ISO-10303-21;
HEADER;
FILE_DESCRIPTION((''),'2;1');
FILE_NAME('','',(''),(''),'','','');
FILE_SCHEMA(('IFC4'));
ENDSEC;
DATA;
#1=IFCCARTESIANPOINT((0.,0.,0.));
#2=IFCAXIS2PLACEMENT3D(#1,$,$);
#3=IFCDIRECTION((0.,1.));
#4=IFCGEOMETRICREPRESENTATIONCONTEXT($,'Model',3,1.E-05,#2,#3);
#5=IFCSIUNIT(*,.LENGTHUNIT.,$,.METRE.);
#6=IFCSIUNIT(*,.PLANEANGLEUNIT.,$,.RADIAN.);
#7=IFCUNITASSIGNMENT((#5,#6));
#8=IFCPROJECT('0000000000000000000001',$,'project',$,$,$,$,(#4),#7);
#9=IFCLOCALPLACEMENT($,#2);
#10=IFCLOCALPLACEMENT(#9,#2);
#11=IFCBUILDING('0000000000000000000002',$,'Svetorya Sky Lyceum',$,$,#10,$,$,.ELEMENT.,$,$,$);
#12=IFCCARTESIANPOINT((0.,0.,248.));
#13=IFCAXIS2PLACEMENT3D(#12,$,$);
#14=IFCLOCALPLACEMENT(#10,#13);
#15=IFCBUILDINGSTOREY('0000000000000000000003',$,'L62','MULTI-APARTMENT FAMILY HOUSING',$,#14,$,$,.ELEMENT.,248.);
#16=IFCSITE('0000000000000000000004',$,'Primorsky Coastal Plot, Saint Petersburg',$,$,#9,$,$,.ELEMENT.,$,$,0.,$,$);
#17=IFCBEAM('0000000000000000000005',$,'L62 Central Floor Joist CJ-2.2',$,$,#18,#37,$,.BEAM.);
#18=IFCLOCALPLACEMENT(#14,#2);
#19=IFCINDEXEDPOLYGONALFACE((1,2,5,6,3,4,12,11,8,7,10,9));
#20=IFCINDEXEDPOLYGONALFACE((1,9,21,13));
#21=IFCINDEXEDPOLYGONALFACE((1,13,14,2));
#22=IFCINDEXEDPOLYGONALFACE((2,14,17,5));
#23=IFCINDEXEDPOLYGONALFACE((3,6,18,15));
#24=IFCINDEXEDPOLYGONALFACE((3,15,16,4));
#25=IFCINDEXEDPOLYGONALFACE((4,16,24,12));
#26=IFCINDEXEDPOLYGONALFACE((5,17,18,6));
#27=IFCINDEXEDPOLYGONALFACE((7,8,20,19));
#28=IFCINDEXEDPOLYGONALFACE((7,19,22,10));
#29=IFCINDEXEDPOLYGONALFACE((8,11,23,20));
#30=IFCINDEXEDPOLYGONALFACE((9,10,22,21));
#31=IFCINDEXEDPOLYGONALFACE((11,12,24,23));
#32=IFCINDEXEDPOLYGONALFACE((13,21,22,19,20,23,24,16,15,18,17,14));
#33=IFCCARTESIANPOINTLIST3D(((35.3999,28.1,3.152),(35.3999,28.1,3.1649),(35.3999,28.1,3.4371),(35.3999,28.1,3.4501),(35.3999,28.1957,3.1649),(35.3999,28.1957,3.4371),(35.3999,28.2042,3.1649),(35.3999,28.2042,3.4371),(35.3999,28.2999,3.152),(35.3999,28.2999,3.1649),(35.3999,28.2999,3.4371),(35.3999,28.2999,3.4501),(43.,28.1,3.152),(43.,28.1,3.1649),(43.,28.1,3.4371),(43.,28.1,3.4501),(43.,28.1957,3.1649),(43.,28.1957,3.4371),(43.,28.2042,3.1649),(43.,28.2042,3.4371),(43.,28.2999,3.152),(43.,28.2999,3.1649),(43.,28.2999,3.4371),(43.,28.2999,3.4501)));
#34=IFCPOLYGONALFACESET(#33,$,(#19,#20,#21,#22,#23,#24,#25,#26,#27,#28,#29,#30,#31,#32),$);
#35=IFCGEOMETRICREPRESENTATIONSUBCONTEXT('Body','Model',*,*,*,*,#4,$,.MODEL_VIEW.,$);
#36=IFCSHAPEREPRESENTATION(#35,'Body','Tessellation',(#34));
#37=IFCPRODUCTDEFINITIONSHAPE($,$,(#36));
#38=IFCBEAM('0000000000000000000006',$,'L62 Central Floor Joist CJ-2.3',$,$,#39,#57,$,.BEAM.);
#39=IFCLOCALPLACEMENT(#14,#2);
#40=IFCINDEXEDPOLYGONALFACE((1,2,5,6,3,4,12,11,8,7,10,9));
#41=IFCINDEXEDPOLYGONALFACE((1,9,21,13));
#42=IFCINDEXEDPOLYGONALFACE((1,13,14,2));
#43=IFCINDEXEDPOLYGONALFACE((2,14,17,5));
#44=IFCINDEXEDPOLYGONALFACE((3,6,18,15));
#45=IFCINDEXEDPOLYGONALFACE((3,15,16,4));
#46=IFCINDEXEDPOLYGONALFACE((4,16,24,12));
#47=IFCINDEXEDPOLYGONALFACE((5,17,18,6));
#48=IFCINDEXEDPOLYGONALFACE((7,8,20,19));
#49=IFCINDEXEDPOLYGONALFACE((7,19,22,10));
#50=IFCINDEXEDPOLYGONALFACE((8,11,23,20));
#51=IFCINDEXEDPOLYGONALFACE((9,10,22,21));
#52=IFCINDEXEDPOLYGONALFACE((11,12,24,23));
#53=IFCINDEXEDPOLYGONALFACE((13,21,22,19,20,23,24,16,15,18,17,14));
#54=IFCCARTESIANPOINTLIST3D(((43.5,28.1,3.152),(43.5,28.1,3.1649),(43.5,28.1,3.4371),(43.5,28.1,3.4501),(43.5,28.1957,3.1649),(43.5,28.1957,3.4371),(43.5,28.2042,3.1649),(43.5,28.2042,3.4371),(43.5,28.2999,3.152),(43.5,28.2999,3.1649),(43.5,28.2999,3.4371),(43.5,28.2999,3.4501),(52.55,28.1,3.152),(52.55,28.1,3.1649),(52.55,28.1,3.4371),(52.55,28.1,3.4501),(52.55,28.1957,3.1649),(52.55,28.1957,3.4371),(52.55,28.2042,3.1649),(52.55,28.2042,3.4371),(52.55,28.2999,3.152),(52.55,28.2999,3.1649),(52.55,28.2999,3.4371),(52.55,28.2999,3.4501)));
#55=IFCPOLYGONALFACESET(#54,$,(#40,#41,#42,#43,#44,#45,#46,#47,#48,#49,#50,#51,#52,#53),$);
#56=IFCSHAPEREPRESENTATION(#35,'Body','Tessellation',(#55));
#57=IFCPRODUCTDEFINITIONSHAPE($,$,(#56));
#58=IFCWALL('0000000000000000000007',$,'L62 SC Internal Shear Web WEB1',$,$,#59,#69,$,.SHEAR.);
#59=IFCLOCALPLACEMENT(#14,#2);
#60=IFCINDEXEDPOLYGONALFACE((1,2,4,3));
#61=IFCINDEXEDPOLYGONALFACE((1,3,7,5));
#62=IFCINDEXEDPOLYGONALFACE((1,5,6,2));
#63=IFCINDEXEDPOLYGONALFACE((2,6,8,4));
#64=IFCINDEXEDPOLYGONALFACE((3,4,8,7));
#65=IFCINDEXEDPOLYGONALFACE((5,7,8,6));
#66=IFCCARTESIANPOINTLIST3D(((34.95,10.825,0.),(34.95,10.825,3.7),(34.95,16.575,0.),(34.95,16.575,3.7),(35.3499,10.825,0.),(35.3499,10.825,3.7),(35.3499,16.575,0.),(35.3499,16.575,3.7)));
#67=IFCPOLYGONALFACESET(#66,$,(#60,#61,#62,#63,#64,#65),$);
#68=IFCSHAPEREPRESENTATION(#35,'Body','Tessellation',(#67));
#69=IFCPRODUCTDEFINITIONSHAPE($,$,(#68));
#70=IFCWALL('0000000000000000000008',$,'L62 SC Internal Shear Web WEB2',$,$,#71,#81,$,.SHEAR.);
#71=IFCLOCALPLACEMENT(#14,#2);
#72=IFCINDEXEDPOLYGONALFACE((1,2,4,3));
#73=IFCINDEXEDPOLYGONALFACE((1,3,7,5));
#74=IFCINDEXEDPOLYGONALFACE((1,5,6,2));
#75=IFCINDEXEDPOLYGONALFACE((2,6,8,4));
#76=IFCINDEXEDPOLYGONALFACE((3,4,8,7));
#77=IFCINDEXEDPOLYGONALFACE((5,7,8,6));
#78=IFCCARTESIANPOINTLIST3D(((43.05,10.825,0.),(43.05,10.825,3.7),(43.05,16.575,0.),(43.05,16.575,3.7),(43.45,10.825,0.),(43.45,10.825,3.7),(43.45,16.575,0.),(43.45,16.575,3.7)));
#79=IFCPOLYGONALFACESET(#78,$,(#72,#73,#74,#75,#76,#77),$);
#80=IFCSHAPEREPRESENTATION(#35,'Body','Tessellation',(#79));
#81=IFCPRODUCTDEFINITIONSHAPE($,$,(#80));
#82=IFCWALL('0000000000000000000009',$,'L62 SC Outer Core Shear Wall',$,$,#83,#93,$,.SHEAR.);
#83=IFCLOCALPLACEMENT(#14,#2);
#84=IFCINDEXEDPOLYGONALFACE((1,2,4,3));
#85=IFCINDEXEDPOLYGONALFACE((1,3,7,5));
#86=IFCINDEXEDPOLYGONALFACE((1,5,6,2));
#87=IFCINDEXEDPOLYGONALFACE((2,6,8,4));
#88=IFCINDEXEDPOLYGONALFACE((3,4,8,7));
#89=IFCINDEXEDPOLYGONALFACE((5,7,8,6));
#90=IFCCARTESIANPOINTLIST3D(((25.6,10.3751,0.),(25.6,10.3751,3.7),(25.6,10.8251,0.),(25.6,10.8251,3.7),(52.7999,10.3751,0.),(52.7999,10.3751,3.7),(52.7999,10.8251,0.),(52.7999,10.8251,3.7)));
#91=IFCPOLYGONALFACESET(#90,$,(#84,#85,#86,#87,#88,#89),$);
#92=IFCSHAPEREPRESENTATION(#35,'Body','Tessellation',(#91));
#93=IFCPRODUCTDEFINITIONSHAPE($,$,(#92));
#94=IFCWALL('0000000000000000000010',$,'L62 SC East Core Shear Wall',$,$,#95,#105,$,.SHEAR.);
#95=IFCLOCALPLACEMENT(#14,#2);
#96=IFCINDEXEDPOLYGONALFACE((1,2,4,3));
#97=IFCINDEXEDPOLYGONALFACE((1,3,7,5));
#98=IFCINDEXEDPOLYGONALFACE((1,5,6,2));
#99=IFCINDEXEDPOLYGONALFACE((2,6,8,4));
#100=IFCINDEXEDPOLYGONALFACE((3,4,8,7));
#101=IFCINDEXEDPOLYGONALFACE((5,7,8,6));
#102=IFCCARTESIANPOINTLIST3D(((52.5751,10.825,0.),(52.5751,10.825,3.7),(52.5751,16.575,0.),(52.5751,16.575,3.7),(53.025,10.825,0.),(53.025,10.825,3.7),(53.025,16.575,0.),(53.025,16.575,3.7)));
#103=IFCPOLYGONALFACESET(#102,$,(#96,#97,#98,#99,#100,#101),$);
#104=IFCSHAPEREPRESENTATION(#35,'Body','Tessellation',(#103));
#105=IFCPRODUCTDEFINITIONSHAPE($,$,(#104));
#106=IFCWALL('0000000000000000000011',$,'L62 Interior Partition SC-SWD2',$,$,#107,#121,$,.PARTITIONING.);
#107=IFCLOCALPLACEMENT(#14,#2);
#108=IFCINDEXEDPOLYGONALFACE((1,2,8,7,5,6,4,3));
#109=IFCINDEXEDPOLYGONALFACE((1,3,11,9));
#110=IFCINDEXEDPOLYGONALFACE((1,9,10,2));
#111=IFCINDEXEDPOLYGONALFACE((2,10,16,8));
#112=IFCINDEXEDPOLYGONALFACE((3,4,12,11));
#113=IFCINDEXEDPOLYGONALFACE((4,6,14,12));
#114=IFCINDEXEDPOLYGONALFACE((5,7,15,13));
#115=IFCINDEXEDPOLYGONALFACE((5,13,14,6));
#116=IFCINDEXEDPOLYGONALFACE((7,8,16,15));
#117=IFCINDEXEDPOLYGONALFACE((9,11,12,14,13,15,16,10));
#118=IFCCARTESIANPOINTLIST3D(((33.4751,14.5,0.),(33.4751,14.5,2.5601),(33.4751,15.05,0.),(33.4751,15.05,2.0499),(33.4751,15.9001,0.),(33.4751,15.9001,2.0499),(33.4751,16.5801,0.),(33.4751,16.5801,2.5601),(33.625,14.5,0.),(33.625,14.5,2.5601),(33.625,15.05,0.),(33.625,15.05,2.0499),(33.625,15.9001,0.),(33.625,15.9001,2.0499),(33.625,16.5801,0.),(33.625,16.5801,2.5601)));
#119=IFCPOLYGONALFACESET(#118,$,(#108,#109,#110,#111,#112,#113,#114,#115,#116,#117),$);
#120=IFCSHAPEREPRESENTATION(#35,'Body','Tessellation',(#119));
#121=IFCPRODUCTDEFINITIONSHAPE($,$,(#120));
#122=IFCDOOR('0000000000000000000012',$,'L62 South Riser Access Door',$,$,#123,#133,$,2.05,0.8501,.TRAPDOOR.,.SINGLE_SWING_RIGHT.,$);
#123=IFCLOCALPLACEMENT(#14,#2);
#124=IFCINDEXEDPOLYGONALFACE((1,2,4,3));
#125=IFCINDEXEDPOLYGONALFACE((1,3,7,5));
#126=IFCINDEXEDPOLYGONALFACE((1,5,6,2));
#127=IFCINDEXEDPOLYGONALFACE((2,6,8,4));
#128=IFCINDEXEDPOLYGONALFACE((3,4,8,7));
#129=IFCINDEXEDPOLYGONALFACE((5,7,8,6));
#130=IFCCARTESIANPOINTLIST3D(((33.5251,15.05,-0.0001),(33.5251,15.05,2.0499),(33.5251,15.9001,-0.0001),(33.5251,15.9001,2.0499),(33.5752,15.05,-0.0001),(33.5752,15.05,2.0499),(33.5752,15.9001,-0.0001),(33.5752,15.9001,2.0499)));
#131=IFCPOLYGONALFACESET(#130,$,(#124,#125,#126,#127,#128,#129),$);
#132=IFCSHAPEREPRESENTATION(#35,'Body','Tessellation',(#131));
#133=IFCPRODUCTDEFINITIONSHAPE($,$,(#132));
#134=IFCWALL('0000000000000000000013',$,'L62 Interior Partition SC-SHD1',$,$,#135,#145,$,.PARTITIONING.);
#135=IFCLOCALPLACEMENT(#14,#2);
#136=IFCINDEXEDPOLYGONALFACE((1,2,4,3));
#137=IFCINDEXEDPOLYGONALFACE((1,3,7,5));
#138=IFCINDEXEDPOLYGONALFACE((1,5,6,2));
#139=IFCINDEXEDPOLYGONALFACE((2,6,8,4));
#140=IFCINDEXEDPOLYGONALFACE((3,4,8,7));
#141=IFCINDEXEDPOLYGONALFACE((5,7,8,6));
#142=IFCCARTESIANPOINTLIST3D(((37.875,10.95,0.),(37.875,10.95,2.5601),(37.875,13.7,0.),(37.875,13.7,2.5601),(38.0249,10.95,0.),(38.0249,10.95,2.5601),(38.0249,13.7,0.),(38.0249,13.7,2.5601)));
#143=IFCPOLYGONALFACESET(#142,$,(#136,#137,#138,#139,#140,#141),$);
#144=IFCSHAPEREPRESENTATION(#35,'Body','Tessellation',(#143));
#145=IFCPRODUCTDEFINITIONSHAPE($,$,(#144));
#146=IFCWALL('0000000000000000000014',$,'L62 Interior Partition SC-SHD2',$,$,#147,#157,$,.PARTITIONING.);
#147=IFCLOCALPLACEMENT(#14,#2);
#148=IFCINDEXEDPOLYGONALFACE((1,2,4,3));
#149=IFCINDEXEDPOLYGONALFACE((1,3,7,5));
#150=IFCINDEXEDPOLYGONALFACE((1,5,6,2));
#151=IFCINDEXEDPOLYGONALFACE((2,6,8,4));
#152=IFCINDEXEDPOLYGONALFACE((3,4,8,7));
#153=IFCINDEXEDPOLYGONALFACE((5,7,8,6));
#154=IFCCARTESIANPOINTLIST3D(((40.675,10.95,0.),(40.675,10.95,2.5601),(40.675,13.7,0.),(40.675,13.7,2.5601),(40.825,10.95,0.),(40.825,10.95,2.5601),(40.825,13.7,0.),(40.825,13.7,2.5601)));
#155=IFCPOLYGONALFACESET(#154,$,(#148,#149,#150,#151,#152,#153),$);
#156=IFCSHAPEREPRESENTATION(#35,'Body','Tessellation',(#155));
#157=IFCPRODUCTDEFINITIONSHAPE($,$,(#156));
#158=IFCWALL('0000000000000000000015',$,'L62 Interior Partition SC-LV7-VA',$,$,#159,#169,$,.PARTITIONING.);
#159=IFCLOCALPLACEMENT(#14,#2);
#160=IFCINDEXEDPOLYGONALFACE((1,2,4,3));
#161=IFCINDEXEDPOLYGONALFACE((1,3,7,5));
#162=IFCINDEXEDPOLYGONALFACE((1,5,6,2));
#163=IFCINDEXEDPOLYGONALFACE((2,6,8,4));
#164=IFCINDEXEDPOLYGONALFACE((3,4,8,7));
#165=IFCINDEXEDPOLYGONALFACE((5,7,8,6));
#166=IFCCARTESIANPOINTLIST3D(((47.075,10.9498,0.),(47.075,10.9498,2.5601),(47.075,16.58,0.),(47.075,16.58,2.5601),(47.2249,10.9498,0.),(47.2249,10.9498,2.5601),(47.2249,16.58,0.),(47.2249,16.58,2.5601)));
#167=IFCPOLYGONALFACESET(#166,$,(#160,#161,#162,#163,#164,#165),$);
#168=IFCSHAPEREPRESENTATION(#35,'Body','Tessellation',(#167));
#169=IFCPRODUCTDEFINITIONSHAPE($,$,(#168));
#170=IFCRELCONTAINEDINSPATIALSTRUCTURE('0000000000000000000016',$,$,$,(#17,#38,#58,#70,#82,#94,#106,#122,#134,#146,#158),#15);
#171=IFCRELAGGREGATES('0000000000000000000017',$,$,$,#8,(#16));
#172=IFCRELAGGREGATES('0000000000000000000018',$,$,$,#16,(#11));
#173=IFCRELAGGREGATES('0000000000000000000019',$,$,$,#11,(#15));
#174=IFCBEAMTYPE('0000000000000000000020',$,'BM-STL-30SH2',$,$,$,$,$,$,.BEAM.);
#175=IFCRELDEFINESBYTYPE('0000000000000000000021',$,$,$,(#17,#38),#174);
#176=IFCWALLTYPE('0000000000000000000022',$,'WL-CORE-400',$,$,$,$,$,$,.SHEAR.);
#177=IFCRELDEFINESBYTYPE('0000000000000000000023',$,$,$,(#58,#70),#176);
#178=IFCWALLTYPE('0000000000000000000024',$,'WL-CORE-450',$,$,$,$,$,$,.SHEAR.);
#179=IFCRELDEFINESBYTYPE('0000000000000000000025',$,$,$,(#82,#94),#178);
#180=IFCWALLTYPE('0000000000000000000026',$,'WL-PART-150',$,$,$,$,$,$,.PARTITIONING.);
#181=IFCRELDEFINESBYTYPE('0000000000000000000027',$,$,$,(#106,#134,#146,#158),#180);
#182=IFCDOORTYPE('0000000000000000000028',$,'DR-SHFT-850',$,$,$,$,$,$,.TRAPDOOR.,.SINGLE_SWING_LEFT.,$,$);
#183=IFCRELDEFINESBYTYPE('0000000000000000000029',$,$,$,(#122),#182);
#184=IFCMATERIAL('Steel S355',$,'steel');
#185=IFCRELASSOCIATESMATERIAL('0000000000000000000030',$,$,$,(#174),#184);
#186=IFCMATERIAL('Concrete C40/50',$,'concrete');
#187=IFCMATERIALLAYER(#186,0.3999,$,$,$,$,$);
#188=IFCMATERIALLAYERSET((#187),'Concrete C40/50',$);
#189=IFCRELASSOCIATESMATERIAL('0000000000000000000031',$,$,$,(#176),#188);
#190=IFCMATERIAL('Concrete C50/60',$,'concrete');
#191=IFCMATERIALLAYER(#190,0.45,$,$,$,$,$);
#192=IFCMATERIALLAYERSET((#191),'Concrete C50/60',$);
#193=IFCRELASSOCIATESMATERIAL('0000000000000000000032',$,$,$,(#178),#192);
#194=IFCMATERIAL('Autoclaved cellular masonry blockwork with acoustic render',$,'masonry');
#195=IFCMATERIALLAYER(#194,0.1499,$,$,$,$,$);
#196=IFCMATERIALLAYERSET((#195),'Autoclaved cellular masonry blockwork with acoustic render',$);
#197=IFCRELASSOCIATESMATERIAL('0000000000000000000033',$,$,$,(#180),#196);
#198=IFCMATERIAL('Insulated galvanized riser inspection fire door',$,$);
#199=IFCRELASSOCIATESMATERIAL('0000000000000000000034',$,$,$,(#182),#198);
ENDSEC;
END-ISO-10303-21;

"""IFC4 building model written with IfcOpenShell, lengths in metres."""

from ifc_helpers import new_model, si_unit, direction, frame, frame_2d, origin, origin_2d, place, context, subcontext, project, spatial, rectangle, i_section, extrude, material, layer, layer_set, material_profile, profile_set, type_object, element, fill, save


model = new_model("IFC4")

# Units and contexts
model_context = context("Model", 3, precision=1e-05, world=origin(), true_north=direction((0.0, 1.0)))
body_context = subcontext(model_context, "Body", "Model", "MODEL_VIEW")
ifc_project = project(units=[si_unit("LENGTHUNIT", "METRE"), si_unit("PLANEANGLEUNIT", "RADIAN")], contexts=[model_context])

# Site, building, storey
site_placement = place(None, origin())
site = spatial("IfcSite", under=ifc_project, at=site_placement, Name="Primorsky Coastal Plot, Saint Petersburg", CompositionType="ELEMENT", RefElevation=0.0)
building_placement = place(site_placement, origin())
building = spatial("IfcBuilding", under=site, at=building_placement, Name="Svetorya Sky Lyceum", CompositionType="ELEMENT")
storey_placement = place(building_placement, frame((0.0, 0.0, 248.0)))
storey = spatial("IfcBuildingStorey", under=building, at=storey_placement, Name="L62", Description="MULTI-APARTMENT FAMILY HOUSING", CompositionType="ELEMENT", Elevation=248.0)

# Shared definitions
ifc_material_1 = material(Name="Concrete C50/60", Category="concrete")

# Beams
ifc_material_2 = material(Name="Steel S355", Category="steel")
ifc_material_profile_1 = material_profile(ifc_material_2, i_section(OverallWidth=0.2, OverallDepth=0.2981, WebThickness=0.0085, FlangeThickness=0.0129, at=origin_2d()), Name="GOST 30Sh2")
ifc_profile_set_1 = profile_set([ifc_material_profile_1], Name="Steel S355")
beam_type_1 = type_object("IfcBeamType", Name="BM-STL-30SH2", PredefinedType="BEAM", material=ifc_profile_set_1)
beam_1_placement = place(storey_placement, frame((35.3999, 28.2, 3.301), z_axis=(1.0, 0.0, 0.0), x_axis=(0.0, 1.0, 0.0)))
element("IfcBeam", 1, at=beam_1_placement, inside=storey, type_object=beam_type_1, Name="L62 Central Floor Joist CJ-2.2", PredefinedType="BEAM", context=body_context, shape_type="SweptSolid", body=[
    extrude(i_section(OverallWidth=0.2, OverallDepth=0.2981, WebThickness=0.0085, FlangeThickness=0.0129, at=origin_2d()), origin(), (0.0, 0.0, 1.0), 7.6001),
])
beam_2_placement = place(storey_placement, frame((43.5, 28.2, 3.301), z_axis=(1.0, 0.0, 0.0), x_axis=(0.0, 1.0, 0.0)))
element("IfcBeam", 2, at=beam_2_placement, inside=storey, type_object=beam_type_1, Name="L62 Central Floor Joist CJ-2.3", PredefinedType="BEAM", context=body_context, shape_type="SweptSolid", body=[
    extrude(i_section(OverallWidth=0.2, OverallDepth=0.2981, WebThickness=0.0085, FlangeThickness=0.0129, at=origin_2d()), origin(), (0.0, 0.0, 1.0), 9.05),
])

# Walls
ifc_material_3 = material(Name="Concrete C40/50", Category="concrete")
ifc_layer_1 = layer(ifc_material_3, 0.3999)
ifc_layer_set_1 = layer_set([ifc_layer_1], Name="Concrete C40/50")
wall_type_1 = type_object("IfcWallType", Name="WL-CORE-400", PredefinedType="SHEAR", material=ifc_layer_set_1)
for number, where, z_axis, x_axis, name in (
    (3, (35.1499, 10.825, 0.0), (0.0, 0.0, 1.0), (0.0, 1.0, 0.0), "L62 SC Internal Shear Web WEB1"),
    (4, (43.25, 10.825, 0.0), (0.0, 0.0, 1.0), (0.0, 1.0, 0.0), "L62 SC Internal Shear Web WEB2"),
):
    element("IfcWall", number, at=place(storey_placement, frame(where, z_axis=z_axis, x_axis=x_axis)), inside=storey, type_object=wall_type_1, Name=name, PredefinedType="SHEAR", context=body_context, shape_type="SweptSolid", body=[
        extrude(rectangle(XDim=5.75, YDim=0.3999, at=frame_2d((2.875, 0.0))), origin(), (0.0, 0.0, 1.0), 3.7),
    ])
ifc_layer_2 = layer(ifc_material_1, 0.45)
ifc_layer_set_2 = layer_set([ifc_layer_2], Name="Concrete C50/60")
wall_type_2 = type_object("IfcWallType", Name="WL-CORE-450", PredefinedType="SHEAR", material=ifc_layer_set_2)
wall_1_placement = place(storey_placement, frame((52.8, 10.6001, 0.0), z_axis=(0.0, 0.0, 1.0), x_axis=(-1.0, 0.0, 0.0)))
element("IfcWall", 5, at=wall_1_placement, inside=storey, type_object=wall_type_2, Name="L62 SC Outer Core Shear Wall", PredefinedType="SHEAR", context=body_context, shape_type="SweptSolid", body=[
    extrude(rectangle(XDim=27.2, YDim=0.45, at=frame_2d((13.6001, 0.0))), origin(), (0.0, 0.0, 1.0), 3.7),
])
wall_2_placement = place(storey_placement, frame((52.8, 10.825, 0.0), z_axis=(0.0, 0.0, 1.0), x_axis=(0.0, 1.0, 0.0)))
element("IfcWall", 6, at=wall_2_placement, inside=storey, type_object=wall_type_2, Name="L62 SC East Core Shear Wall", PredefinedType="SHEAR", context=body_context, shape_type="SweptSolid", body=[
    extrude(rectangle(XDim=5.75, YDim=0.45, at=frame_2d((2.875, 0.0))), origin(), (0.0, 0.0, 1.0), 3.7),
])

# Wall, opening, door
ifc_material_4 = material(Name="Autoclaved cellular masonry blockwork with acoustic render", Category="masonry")
ifc_layer_3 = layer(ifc_material_4, 0.1499)
ifc_layer_set_3 = layer_set([ifc_layer_3], Name="Autoclaved cellular masonry blockwork with acoustic render")
wall_type_3 = type_object("IfcWallType", Name="WL-PART-150", PredefinedType="PARTITIONING", material=ifc_layer_set_3)
wall_3_placement = place(storey_placement, frame((33.55, 14.5, 0.0), z_axis=(0.0, 0.0, 1.0), x_axis=(0.0, 1.0, 0.0)))
wall_3 = element("IfcWall", 7, at=wall_3_placement, inside=storey, type_object=wall_type_3, Name="L62 Interior Partition SC-SWD2", PredefinedType="PARTITIONING", context=body_context, shape_type="SweptSolid", body=[
    extrude(rectangle(XDim=2.0801, YDim=0.1499, at=frame_2d((1.04, 0.0))), origin(), (0.0, 0.0, 1.0), 2.5601),
])
opening_1_placement = place(wall_3_placement, frame((0.55, 0.0, 0.0)))
opening_1 = element("IfcOpeningElement", 8, at=opening_1_placement, cuts=wall_3, PredefinedType="OPENING", context=body_context, shape_type="SweptSolid", body=[
    extrude(rectangle(XDim=0.8501, YDim=2.05, at=frame_2d((0.425, 1.0249))), frame((0.0, 0.085, 0.0), z_axis=(0.0, -1.0, 0.0), x_axis=(1.0, 0.0, 0.0)), (0.0, 0.0, 1.0), 0.1699),
])
ifc_material_5 = material(Name="Insulated galvanized riser inspection fire door")
door_type_1 = type_object("IfcDoorType", Name="DR-SHFT-850", OperationType="SINGLE_SWING_LEFT", PredefinedType="TRAPDOOR", material=ifc_material_5)
door_1_placement = place(opening_1_placement, origin())
door_1 = element("IfcDoor", 9, at=door_1_placement, inside=storey, type_object=door_type_1, Name="L62 South Riser Access Door", OperationType="SINGLE_SWING_RIGHT", OverallHeight=2.05, OverallWidth=0.8501, PredefinedType="TRAPDOOR", context=body_context, shape_type="SweptSolid", body=[
    extrude(rectangle(XDim=0.8501, YDim=2.05, at=frame_2d((0.425, 1.0249))), frame((0.0, 0.0249, 0.0), z_axis=(0.0, -1.0, 0.0), x_axis=(1.0, 0.0, 0.0)), (0.0, 0.0, 1.0), 0.05),
])
fill(opening_1, door_1)

# Walls
for number, where, z_axis, x_axis, name in (
    (10, (37.95, 10.95, 0.0), (0.0, 0.0, 1.0), (0.0, 1.0, 0.0), "L62 Interior Partition SC-SHD1"),
    (11, (40.75, 10.95, 0.0), (0.0, 0.0, 1.0), (0.0, 1.0, 0.0), "L62 Interior Partition SC-SHD2"),
):
    element("IfcWall", number, at=place(storey_placement, frame(where, z_axis=z_axis, x_axis=x_axis)), inside=storey, type_object=wall_type_3, Name=name, PredefinedType="PARTITIONING", context=body_context, shape_type="SweptSolid", body=[
        extrude(rectangle(XDim=2.75, YDim=0.1499, at=frame_2d((1.375, 0.0))), origin(), (0.0, 0.0, 1.0), 2.5601),
    ])
wall_4_placement = place(storey_placement, frame((47.1499, 10.95, 0.0), z_axis=(0.0, 0.0, 1.0), x_axis=(0.0, 1.0, 0.0)))
element("IfcWall", 12, at=wall_4_placement, inside=storey, type_object=wall_type_3, Name="L62 Interior Partition SC-LV7-VA", PredefinedType="PARTITIONING", context=body_context, shape_type="SweptSolid", body=[
    extrude(rectangle(XDim=5.6301, YDim=0.1499, at=frame_2d((2.8149, 0.0))), origin(), (0.0, 0.0, 1.0), 2.5601),
])

save(model, "model.ifc")
